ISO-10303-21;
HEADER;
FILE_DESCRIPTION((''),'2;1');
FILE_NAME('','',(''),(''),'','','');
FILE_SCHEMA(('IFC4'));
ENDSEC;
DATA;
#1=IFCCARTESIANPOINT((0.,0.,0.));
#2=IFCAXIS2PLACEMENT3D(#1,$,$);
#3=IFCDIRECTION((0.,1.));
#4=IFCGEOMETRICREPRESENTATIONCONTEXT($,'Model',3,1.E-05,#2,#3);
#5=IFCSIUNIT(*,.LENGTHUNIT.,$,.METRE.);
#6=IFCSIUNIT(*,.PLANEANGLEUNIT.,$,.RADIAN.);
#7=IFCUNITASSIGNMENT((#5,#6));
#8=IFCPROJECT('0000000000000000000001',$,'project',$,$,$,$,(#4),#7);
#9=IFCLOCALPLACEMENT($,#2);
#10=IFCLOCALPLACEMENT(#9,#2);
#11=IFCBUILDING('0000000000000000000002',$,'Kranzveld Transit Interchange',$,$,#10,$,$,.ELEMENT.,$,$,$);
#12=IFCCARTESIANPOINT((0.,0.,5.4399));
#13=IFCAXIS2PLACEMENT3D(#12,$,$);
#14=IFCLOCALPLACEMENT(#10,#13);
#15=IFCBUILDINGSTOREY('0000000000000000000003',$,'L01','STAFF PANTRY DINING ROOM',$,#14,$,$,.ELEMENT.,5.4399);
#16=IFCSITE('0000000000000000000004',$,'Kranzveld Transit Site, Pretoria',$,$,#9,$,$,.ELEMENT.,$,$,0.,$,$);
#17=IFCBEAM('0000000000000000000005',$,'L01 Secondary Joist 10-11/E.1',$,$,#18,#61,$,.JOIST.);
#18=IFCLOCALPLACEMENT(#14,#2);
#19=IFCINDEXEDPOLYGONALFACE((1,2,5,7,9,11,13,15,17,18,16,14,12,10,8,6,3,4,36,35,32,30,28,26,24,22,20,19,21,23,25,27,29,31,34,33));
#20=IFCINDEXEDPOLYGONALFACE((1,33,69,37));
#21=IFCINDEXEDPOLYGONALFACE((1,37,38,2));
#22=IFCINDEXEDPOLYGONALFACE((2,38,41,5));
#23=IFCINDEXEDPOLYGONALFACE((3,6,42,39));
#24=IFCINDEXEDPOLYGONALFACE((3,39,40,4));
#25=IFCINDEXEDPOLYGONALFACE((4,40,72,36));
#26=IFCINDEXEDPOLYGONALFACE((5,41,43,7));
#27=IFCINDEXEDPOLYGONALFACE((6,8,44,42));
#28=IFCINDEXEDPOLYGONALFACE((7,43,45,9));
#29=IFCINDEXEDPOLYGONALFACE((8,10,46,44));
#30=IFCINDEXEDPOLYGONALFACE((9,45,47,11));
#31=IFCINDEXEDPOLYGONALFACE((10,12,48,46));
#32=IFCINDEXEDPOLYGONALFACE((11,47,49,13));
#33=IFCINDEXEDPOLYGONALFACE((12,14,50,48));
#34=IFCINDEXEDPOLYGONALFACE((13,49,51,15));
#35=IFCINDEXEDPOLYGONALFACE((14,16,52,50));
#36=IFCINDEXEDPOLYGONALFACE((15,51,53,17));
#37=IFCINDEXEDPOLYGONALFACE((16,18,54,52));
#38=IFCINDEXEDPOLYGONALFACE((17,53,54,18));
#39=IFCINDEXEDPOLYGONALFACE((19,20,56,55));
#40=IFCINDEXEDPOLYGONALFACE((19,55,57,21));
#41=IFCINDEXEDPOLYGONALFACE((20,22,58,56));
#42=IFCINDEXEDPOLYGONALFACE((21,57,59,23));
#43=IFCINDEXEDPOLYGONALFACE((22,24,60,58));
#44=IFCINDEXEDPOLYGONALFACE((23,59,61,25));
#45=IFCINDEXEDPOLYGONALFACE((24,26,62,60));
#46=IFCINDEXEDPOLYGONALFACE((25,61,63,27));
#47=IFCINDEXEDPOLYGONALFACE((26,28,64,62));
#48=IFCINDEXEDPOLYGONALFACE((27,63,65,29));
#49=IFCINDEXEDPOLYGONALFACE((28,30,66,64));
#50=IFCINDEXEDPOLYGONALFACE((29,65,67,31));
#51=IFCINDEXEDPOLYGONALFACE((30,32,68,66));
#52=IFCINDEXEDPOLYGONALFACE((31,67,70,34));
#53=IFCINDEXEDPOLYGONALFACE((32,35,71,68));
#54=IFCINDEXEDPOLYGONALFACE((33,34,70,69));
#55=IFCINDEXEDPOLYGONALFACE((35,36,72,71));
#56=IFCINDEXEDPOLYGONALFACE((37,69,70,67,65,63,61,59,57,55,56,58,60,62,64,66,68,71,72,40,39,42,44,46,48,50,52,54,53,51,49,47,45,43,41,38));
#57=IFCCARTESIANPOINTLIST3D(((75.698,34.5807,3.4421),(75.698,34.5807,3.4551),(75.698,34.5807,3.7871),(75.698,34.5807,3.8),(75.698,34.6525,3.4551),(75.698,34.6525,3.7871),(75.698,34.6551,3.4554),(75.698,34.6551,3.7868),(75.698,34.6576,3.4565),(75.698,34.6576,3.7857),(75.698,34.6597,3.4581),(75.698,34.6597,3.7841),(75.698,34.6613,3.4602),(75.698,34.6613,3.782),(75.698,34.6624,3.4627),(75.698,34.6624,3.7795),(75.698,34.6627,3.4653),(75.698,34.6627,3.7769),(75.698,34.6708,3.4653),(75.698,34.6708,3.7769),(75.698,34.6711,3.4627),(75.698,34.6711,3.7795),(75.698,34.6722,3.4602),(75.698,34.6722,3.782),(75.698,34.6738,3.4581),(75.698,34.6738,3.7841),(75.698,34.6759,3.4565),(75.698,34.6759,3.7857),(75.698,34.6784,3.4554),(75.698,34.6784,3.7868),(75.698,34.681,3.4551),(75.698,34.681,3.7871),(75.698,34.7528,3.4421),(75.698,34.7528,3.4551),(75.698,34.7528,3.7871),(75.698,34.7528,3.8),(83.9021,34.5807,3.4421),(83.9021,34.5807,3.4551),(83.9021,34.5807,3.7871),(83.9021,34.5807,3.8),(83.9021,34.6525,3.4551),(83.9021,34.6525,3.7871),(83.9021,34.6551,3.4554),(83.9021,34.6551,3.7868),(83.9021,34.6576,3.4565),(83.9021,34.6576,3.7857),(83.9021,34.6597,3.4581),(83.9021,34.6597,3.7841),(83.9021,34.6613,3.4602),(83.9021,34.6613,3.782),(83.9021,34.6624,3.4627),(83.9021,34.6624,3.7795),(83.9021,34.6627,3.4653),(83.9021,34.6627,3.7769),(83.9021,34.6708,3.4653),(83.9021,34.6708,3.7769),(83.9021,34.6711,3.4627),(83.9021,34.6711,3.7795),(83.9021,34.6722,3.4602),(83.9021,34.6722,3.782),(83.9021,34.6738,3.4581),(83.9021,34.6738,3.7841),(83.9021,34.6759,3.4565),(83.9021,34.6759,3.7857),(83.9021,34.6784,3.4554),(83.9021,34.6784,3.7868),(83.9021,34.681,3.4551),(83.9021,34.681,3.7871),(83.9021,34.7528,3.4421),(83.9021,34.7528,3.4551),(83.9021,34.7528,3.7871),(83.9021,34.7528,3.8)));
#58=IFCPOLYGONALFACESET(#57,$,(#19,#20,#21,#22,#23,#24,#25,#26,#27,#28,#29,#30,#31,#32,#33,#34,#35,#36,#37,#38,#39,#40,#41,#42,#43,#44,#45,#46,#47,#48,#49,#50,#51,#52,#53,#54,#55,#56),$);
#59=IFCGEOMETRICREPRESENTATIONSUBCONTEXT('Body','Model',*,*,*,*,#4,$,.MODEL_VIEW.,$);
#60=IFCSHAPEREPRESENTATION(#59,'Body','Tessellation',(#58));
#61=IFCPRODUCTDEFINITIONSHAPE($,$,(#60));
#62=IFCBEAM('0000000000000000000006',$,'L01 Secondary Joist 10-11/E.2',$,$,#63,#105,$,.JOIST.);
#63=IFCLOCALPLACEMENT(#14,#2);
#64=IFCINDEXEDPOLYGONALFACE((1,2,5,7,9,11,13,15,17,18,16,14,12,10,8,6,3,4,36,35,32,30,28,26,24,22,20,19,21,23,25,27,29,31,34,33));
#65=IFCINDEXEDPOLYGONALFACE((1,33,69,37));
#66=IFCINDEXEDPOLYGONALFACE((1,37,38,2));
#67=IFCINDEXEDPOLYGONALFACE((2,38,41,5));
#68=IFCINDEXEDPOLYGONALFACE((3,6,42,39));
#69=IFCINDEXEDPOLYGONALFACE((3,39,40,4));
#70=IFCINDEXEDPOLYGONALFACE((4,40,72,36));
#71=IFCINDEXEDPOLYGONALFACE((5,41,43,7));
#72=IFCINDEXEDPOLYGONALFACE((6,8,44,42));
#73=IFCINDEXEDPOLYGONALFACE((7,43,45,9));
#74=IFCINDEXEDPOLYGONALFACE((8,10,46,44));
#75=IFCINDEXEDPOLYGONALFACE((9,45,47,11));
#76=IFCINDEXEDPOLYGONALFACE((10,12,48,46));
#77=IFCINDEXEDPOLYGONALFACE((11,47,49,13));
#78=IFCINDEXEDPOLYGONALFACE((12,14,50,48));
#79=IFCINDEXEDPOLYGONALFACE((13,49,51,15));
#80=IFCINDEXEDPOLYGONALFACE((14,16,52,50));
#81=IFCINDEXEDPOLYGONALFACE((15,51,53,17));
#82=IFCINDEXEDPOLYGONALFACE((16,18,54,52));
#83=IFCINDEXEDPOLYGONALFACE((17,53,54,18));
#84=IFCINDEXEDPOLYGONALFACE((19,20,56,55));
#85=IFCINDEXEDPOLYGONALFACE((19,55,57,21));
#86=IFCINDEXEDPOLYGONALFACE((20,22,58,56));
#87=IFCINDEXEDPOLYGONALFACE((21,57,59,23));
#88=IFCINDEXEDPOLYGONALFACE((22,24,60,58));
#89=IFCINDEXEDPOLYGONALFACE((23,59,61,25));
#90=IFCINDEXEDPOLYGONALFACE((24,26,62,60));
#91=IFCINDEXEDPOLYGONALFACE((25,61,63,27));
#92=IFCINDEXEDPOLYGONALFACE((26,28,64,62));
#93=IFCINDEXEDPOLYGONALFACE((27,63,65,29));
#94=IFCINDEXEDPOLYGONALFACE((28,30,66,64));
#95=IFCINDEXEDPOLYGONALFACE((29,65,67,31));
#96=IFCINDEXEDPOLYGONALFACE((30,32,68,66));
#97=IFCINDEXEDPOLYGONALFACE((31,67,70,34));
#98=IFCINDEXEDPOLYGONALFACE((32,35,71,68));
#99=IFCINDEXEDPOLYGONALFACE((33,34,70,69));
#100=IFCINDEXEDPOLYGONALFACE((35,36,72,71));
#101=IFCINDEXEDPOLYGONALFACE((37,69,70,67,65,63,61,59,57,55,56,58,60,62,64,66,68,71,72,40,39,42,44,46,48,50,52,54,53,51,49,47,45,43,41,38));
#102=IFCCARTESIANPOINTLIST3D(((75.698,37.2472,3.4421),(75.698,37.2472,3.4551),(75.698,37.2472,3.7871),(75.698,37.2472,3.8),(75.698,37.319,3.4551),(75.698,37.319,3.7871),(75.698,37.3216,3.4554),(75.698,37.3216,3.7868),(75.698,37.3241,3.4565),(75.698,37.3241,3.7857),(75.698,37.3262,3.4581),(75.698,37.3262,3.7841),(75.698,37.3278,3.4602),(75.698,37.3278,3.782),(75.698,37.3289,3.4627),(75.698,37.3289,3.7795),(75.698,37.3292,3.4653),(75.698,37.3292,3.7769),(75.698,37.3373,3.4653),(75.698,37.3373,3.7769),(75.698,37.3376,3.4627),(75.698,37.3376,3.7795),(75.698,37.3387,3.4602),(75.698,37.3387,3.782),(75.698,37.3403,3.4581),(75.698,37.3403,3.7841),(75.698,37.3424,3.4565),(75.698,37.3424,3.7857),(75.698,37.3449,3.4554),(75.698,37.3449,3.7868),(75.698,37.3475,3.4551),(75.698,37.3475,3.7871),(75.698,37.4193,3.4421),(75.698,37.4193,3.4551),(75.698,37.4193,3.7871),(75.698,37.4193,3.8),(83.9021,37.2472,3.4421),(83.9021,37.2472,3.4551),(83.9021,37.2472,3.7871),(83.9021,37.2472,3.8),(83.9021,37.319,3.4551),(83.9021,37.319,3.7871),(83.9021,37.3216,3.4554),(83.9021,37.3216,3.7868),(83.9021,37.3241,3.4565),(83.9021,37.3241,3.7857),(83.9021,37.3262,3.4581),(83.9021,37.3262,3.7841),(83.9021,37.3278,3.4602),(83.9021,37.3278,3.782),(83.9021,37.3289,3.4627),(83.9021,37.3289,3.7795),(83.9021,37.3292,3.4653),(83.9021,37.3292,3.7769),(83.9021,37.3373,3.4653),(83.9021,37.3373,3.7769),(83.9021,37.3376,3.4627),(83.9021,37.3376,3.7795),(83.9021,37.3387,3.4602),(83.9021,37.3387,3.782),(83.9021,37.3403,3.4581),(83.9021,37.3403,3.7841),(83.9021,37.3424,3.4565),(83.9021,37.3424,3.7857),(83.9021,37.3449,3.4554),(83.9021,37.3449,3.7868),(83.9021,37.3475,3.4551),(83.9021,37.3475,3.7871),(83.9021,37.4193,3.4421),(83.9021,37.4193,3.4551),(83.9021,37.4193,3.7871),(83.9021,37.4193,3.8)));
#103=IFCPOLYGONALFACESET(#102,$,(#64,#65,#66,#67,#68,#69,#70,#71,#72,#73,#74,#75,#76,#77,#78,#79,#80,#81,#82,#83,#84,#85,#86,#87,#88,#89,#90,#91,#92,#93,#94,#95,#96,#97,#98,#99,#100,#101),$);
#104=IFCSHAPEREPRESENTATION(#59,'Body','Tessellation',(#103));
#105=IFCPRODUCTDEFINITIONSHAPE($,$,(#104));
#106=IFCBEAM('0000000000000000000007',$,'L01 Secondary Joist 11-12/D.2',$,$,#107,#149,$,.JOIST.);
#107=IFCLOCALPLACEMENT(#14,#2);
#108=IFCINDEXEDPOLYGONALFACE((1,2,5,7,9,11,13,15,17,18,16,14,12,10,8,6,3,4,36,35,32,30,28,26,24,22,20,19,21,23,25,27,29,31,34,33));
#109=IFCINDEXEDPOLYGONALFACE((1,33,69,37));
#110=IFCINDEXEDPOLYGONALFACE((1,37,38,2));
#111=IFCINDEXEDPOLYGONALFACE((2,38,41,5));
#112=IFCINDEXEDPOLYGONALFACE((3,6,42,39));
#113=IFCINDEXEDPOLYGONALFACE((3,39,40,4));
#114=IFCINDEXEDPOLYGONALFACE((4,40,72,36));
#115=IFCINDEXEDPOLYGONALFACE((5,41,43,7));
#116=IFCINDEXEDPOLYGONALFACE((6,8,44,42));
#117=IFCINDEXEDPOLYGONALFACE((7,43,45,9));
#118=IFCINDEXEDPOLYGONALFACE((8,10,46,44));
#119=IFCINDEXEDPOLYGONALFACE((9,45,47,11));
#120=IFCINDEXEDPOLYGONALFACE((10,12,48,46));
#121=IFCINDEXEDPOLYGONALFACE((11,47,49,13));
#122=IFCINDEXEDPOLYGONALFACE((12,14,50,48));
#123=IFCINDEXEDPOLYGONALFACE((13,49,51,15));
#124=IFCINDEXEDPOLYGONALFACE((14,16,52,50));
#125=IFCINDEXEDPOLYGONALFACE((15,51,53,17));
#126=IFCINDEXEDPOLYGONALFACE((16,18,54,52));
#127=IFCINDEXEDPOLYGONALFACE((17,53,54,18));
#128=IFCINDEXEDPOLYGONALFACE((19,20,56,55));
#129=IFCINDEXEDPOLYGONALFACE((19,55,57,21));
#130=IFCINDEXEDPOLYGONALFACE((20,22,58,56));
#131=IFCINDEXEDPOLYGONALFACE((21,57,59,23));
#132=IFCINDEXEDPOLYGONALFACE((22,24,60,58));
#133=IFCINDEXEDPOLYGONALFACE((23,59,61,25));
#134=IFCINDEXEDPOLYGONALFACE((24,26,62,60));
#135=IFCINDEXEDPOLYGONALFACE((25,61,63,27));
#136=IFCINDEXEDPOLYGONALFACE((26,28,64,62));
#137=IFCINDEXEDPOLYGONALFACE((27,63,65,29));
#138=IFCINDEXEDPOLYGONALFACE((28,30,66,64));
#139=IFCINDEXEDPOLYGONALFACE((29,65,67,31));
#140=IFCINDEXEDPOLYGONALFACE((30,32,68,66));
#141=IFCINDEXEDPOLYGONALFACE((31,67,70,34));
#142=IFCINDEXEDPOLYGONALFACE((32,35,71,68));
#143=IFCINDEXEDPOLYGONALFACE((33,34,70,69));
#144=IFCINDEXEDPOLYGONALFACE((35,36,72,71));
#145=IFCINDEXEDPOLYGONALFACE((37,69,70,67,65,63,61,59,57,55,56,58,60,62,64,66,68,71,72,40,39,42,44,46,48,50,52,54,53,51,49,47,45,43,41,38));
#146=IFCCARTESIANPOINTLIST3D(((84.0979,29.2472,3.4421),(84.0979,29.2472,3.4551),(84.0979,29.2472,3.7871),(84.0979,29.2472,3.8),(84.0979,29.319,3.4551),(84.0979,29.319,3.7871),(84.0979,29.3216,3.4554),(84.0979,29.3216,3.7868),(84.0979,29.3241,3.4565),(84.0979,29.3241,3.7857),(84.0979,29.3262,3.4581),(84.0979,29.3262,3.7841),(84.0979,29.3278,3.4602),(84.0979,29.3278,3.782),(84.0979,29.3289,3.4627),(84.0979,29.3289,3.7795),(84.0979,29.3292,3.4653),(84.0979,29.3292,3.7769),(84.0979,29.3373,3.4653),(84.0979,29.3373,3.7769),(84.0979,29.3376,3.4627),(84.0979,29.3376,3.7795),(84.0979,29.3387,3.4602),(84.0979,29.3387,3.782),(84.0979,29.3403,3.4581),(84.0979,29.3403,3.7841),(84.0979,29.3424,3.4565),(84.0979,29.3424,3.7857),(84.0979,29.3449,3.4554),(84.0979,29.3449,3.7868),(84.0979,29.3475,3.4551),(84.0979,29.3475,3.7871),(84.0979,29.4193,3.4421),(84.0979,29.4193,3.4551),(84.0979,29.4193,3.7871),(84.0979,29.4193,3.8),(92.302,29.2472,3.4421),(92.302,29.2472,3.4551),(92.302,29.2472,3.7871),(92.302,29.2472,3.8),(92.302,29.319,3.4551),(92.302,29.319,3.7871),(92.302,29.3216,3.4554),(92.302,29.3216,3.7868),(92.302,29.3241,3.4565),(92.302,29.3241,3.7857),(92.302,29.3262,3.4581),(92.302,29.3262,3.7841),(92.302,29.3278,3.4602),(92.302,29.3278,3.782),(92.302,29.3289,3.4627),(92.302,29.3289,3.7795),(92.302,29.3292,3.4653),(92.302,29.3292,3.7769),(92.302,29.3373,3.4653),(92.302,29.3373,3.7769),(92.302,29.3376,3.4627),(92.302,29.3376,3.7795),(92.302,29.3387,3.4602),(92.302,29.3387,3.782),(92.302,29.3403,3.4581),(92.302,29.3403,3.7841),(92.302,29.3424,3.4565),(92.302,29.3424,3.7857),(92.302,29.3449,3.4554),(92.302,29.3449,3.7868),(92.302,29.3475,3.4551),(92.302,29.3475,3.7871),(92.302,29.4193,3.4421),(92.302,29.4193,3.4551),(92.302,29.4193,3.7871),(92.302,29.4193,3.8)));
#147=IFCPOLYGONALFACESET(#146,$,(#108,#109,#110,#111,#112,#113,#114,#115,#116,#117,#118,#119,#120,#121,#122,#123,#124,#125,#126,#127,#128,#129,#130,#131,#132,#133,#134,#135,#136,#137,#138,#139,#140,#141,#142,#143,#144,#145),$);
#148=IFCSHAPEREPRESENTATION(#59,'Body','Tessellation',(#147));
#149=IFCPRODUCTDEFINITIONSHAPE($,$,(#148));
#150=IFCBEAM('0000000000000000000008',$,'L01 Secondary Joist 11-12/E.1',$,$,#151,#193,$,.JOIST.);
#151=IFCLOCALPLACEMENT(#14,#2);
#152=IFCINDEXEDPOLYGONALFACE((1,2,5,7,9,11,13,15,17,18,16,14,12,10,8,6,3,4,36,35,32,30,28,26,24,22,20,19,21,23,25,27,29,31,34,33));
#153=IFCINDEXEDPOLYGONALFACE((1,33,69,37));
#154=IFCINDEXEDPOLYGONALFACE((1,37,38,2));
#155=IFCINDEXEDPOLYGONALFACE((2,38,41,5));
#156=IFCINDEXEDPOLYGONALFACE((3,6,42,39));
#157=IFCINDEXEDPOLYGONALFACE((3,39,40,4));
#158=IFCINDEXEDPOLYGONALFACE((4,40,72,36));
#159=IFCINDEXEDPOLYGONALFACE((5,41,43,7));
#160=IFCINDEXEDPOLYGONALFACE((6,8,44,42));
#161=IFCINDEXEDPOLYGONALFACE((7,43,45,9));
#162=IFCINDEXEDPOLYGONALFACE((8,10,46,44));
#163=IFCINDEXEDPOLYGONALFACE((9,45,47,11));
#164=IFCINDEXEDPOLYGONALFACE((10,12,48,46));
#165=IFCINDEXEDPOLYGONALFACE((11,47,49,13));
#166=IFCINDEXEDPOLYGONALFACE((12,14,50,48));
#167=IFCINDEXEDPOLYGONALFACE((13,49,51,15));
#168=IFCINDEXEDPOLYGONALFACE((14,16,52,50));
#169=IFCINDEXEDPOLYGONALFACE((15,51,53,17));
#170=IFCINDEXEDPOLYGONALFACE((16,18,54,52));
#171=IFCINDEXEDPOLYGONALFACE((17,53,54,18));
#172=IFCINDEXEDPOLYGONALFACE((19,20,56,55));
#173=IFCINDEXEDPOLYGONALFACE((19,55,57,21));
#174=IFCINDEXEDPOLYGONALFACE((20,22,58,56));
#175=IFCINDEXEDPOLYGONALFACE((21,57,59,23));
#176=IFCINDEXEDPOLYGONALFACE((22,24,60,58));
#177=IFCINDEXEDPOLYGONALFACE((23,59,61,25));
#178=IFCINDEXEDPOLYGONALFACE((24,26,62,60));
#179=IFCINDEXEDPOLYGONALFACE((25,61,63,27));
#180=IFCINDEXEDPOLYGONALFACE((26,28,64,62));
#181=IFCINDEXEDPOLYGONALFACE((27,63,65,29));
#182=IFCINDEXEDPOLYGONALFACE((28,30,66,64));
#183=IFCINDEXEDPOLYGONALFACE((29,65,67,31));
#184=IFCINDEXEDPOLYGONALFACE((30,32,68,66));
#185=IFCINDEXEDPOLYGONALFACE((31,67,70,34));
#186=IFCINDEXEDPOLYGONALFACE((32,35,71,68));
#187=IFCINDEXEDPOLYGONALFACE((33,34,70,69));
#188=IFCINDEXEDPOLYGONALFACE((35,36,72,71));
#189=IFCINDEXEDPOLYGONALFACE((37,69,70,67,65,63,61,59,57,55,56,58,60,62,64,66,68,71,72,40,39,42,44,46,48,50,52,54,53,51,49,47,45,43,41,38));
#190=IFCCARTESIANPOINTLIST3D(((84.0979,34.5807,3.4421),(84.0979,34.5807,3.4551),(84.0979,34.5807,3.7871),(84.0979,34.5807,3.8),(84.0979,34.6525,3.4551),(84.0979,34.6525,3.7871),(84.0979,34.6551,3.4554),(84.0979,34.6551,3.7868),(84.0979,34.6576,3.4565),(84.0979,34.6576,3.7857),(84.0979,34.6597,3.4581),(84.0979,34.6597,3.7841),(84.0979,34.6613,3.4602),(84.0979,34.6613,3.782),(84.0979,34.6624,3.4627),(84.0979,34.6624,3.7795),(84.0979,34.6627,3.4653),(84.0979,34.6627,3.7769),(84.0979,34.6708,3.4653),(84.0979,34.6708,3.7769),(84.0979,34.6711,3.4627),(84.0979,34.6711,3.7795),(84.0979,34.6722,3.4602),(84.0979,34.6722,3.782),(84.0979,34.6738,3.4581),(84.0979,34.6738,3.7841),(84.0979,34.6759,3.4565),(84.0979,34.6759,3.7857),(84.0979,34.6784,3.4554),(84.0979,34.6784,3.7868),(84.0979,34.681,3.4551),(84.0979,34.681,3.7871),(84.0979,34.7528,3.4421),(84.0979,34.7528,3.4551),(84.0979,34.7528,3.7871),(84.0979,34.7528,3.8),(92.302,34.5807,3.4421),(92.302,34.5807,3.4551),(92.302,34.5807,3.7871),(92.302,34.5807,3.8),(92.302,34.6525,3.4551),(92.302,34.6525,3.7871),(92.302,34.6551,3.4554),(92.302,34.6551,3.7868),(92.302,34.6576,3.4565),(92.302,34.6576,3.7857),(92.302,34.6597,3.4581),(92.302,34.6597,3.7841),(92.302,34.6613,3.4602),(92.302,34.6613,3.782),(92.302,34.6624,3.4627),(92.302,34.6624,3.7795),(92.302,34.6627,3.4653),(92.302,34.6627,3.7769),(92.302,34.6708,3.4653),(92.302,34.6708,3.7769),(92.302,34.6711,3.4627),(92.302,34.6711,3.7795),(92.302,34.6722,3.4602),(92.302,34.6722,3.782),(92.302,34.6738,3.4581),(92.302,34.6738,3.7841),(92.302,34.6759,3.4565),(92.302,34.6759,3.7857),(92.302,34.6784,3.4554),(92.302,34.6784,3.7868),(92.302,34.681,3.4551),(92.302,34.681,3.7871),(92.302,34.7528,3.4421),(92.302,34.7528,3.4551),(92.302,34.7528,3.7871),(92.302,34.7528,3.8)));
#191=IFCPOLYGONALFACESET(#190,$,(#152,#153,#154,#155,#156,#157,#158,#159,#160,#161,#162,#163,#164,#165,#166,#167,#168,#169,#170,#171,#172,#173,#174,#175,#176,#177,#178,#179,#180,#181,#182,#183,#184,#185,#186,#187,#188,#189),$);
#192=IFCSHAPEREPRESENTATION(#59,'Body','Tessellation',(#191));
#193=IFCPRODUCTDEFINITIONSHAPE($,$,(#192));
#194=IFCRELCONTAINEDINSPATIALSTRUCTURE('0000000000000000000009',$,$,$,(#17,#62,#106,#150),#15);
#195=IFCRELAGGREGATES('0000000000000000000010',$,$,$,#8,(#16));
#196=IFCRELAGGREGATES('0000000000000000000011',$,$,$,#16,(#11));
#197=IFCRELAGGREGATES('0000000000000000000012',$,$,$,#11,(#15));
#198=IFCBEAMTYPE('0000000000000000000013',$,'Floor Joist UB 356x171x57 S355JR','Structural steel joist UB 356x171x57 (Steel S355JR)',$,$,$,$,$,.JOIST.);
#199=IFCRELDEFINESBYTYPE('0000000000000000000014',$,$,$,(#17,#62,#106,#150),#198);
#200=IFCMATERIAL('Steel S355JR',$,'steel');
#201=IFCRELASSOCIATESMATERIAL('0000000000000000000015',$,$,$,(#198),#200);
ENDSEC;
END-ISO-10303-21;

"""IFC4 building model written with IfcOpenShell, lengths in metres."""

from ifc_helpers import new_model, si_unit, direction, frame, origin, origin_2d, place, context, subcontext, project, spatial, i_section, extrude, material, material_profile, profile_set, type_object, element, save


model = new_model("IFC4")

# Units and contexts
model_context = context("Model", 3, precision=1e-05, world=origin(), true_north=direction((0.0, 1.0)))
body_context = subcontext(model_context, "Body", "Model", "MODEL_VIEW")
ifc_project = project(units=[si_unit("LENGTHUNIT", "METRE"), si_unit("PLANEANGLEUNIT", "RADIAN")], contexts=[model_context])

# Site, building, storey
site_placement = place(None, origin())
site = spatial("IfcSite", under=ifc_project, at=site_placement, Name="Kranzveld Transit Site, Pretoria", CompositionType="ELEMENT", RefElevation=0.0)
building_placement = place(site_placement, origin())
building = spatial("IfcBuilding", under=site, at=building_placement, Name="Kranzveld Transit Interchange", CompositionType="ELEMENT")
storey_placement = place(building_placement, frame((0.0, 0.0, 5.4399)))
storey = spatial("IfcBuildingStorey", under=building, at=storey_placement, Name="L01", Description="STAFF PANTRY DINING ROOM", CompositionType="ELEMENT", Elevation=5.4399)

# Beams
ifc_material_1 = material(Name="Steel S355JR", Category="steel")
ifc_material_profile_1 = material_profile(ifc_material_1, i_section(OverallWidth=0.1721, OverallDepth=0.3579, WebThickness=0.0081, FlangeThickness=0.0129, FilletRadius=0.0103, at=origin_2d()), Name="UB 356x171x57")
ifc_profile_set_1 = profile_set([ifc_material_profile_1], Name="Steel S355JR")
beam_type_1 = type_object("IfcBeamType", Name="Floor Joist UB 356x171x57 S355JR", Description="Structural steel joist UB 356x171x57 (Steel S355JR)", PredefinedType="JOIST", material=ifc_profile_set_1)
for number, where, z_axis, x_axis, name in (
    (1, (75.698, 34.6667, 3.6211), (1.0, 0.0, 0.0), (0.0, 1.0, 0.0), "L01 Secondary Joist 10-11/E.1"),
    (2, (75.698, 37.3333, 3.6211), (1.0, 0.0, 0.0), (0.0, 1.0, 0.0), "L01 Secondary Joist 10-11/E.2"),
    (3, (84.0979, 29.3333, 3.6211), (1.0, 0.0, 0.0), (0.0, 1.0, 0.0), "L01 Secondary Joist 11-12/D.2"),
    (4, (84.0979, 34.6667, 3.6211), (1.0, 0.0, 0.0), (0.0, 1.0, 0.0), "L01 Secondary Joist 11-12/E.1"),
):
    element("IfcBeam", number, at=place(storey_placement, frame(where, z_axis=z_axis, x_axis=x_axis)), inside=storey, type_object=beam_type_1, Name=name, PredefinedType="JOIST", context=body_context, shape_type="SweptSolid", body=[
        extrude(i_section(OverallWidth=0.1721, OverallDepth=0.3579, WebThickness=0.0081, FlangeThickness=0.0129, FilletRadius=0.0103, at=origin_2d()), origin(), (0.0, 0.0, 1.0), 8.2041),
    ])

save(model, "model.ifc")
